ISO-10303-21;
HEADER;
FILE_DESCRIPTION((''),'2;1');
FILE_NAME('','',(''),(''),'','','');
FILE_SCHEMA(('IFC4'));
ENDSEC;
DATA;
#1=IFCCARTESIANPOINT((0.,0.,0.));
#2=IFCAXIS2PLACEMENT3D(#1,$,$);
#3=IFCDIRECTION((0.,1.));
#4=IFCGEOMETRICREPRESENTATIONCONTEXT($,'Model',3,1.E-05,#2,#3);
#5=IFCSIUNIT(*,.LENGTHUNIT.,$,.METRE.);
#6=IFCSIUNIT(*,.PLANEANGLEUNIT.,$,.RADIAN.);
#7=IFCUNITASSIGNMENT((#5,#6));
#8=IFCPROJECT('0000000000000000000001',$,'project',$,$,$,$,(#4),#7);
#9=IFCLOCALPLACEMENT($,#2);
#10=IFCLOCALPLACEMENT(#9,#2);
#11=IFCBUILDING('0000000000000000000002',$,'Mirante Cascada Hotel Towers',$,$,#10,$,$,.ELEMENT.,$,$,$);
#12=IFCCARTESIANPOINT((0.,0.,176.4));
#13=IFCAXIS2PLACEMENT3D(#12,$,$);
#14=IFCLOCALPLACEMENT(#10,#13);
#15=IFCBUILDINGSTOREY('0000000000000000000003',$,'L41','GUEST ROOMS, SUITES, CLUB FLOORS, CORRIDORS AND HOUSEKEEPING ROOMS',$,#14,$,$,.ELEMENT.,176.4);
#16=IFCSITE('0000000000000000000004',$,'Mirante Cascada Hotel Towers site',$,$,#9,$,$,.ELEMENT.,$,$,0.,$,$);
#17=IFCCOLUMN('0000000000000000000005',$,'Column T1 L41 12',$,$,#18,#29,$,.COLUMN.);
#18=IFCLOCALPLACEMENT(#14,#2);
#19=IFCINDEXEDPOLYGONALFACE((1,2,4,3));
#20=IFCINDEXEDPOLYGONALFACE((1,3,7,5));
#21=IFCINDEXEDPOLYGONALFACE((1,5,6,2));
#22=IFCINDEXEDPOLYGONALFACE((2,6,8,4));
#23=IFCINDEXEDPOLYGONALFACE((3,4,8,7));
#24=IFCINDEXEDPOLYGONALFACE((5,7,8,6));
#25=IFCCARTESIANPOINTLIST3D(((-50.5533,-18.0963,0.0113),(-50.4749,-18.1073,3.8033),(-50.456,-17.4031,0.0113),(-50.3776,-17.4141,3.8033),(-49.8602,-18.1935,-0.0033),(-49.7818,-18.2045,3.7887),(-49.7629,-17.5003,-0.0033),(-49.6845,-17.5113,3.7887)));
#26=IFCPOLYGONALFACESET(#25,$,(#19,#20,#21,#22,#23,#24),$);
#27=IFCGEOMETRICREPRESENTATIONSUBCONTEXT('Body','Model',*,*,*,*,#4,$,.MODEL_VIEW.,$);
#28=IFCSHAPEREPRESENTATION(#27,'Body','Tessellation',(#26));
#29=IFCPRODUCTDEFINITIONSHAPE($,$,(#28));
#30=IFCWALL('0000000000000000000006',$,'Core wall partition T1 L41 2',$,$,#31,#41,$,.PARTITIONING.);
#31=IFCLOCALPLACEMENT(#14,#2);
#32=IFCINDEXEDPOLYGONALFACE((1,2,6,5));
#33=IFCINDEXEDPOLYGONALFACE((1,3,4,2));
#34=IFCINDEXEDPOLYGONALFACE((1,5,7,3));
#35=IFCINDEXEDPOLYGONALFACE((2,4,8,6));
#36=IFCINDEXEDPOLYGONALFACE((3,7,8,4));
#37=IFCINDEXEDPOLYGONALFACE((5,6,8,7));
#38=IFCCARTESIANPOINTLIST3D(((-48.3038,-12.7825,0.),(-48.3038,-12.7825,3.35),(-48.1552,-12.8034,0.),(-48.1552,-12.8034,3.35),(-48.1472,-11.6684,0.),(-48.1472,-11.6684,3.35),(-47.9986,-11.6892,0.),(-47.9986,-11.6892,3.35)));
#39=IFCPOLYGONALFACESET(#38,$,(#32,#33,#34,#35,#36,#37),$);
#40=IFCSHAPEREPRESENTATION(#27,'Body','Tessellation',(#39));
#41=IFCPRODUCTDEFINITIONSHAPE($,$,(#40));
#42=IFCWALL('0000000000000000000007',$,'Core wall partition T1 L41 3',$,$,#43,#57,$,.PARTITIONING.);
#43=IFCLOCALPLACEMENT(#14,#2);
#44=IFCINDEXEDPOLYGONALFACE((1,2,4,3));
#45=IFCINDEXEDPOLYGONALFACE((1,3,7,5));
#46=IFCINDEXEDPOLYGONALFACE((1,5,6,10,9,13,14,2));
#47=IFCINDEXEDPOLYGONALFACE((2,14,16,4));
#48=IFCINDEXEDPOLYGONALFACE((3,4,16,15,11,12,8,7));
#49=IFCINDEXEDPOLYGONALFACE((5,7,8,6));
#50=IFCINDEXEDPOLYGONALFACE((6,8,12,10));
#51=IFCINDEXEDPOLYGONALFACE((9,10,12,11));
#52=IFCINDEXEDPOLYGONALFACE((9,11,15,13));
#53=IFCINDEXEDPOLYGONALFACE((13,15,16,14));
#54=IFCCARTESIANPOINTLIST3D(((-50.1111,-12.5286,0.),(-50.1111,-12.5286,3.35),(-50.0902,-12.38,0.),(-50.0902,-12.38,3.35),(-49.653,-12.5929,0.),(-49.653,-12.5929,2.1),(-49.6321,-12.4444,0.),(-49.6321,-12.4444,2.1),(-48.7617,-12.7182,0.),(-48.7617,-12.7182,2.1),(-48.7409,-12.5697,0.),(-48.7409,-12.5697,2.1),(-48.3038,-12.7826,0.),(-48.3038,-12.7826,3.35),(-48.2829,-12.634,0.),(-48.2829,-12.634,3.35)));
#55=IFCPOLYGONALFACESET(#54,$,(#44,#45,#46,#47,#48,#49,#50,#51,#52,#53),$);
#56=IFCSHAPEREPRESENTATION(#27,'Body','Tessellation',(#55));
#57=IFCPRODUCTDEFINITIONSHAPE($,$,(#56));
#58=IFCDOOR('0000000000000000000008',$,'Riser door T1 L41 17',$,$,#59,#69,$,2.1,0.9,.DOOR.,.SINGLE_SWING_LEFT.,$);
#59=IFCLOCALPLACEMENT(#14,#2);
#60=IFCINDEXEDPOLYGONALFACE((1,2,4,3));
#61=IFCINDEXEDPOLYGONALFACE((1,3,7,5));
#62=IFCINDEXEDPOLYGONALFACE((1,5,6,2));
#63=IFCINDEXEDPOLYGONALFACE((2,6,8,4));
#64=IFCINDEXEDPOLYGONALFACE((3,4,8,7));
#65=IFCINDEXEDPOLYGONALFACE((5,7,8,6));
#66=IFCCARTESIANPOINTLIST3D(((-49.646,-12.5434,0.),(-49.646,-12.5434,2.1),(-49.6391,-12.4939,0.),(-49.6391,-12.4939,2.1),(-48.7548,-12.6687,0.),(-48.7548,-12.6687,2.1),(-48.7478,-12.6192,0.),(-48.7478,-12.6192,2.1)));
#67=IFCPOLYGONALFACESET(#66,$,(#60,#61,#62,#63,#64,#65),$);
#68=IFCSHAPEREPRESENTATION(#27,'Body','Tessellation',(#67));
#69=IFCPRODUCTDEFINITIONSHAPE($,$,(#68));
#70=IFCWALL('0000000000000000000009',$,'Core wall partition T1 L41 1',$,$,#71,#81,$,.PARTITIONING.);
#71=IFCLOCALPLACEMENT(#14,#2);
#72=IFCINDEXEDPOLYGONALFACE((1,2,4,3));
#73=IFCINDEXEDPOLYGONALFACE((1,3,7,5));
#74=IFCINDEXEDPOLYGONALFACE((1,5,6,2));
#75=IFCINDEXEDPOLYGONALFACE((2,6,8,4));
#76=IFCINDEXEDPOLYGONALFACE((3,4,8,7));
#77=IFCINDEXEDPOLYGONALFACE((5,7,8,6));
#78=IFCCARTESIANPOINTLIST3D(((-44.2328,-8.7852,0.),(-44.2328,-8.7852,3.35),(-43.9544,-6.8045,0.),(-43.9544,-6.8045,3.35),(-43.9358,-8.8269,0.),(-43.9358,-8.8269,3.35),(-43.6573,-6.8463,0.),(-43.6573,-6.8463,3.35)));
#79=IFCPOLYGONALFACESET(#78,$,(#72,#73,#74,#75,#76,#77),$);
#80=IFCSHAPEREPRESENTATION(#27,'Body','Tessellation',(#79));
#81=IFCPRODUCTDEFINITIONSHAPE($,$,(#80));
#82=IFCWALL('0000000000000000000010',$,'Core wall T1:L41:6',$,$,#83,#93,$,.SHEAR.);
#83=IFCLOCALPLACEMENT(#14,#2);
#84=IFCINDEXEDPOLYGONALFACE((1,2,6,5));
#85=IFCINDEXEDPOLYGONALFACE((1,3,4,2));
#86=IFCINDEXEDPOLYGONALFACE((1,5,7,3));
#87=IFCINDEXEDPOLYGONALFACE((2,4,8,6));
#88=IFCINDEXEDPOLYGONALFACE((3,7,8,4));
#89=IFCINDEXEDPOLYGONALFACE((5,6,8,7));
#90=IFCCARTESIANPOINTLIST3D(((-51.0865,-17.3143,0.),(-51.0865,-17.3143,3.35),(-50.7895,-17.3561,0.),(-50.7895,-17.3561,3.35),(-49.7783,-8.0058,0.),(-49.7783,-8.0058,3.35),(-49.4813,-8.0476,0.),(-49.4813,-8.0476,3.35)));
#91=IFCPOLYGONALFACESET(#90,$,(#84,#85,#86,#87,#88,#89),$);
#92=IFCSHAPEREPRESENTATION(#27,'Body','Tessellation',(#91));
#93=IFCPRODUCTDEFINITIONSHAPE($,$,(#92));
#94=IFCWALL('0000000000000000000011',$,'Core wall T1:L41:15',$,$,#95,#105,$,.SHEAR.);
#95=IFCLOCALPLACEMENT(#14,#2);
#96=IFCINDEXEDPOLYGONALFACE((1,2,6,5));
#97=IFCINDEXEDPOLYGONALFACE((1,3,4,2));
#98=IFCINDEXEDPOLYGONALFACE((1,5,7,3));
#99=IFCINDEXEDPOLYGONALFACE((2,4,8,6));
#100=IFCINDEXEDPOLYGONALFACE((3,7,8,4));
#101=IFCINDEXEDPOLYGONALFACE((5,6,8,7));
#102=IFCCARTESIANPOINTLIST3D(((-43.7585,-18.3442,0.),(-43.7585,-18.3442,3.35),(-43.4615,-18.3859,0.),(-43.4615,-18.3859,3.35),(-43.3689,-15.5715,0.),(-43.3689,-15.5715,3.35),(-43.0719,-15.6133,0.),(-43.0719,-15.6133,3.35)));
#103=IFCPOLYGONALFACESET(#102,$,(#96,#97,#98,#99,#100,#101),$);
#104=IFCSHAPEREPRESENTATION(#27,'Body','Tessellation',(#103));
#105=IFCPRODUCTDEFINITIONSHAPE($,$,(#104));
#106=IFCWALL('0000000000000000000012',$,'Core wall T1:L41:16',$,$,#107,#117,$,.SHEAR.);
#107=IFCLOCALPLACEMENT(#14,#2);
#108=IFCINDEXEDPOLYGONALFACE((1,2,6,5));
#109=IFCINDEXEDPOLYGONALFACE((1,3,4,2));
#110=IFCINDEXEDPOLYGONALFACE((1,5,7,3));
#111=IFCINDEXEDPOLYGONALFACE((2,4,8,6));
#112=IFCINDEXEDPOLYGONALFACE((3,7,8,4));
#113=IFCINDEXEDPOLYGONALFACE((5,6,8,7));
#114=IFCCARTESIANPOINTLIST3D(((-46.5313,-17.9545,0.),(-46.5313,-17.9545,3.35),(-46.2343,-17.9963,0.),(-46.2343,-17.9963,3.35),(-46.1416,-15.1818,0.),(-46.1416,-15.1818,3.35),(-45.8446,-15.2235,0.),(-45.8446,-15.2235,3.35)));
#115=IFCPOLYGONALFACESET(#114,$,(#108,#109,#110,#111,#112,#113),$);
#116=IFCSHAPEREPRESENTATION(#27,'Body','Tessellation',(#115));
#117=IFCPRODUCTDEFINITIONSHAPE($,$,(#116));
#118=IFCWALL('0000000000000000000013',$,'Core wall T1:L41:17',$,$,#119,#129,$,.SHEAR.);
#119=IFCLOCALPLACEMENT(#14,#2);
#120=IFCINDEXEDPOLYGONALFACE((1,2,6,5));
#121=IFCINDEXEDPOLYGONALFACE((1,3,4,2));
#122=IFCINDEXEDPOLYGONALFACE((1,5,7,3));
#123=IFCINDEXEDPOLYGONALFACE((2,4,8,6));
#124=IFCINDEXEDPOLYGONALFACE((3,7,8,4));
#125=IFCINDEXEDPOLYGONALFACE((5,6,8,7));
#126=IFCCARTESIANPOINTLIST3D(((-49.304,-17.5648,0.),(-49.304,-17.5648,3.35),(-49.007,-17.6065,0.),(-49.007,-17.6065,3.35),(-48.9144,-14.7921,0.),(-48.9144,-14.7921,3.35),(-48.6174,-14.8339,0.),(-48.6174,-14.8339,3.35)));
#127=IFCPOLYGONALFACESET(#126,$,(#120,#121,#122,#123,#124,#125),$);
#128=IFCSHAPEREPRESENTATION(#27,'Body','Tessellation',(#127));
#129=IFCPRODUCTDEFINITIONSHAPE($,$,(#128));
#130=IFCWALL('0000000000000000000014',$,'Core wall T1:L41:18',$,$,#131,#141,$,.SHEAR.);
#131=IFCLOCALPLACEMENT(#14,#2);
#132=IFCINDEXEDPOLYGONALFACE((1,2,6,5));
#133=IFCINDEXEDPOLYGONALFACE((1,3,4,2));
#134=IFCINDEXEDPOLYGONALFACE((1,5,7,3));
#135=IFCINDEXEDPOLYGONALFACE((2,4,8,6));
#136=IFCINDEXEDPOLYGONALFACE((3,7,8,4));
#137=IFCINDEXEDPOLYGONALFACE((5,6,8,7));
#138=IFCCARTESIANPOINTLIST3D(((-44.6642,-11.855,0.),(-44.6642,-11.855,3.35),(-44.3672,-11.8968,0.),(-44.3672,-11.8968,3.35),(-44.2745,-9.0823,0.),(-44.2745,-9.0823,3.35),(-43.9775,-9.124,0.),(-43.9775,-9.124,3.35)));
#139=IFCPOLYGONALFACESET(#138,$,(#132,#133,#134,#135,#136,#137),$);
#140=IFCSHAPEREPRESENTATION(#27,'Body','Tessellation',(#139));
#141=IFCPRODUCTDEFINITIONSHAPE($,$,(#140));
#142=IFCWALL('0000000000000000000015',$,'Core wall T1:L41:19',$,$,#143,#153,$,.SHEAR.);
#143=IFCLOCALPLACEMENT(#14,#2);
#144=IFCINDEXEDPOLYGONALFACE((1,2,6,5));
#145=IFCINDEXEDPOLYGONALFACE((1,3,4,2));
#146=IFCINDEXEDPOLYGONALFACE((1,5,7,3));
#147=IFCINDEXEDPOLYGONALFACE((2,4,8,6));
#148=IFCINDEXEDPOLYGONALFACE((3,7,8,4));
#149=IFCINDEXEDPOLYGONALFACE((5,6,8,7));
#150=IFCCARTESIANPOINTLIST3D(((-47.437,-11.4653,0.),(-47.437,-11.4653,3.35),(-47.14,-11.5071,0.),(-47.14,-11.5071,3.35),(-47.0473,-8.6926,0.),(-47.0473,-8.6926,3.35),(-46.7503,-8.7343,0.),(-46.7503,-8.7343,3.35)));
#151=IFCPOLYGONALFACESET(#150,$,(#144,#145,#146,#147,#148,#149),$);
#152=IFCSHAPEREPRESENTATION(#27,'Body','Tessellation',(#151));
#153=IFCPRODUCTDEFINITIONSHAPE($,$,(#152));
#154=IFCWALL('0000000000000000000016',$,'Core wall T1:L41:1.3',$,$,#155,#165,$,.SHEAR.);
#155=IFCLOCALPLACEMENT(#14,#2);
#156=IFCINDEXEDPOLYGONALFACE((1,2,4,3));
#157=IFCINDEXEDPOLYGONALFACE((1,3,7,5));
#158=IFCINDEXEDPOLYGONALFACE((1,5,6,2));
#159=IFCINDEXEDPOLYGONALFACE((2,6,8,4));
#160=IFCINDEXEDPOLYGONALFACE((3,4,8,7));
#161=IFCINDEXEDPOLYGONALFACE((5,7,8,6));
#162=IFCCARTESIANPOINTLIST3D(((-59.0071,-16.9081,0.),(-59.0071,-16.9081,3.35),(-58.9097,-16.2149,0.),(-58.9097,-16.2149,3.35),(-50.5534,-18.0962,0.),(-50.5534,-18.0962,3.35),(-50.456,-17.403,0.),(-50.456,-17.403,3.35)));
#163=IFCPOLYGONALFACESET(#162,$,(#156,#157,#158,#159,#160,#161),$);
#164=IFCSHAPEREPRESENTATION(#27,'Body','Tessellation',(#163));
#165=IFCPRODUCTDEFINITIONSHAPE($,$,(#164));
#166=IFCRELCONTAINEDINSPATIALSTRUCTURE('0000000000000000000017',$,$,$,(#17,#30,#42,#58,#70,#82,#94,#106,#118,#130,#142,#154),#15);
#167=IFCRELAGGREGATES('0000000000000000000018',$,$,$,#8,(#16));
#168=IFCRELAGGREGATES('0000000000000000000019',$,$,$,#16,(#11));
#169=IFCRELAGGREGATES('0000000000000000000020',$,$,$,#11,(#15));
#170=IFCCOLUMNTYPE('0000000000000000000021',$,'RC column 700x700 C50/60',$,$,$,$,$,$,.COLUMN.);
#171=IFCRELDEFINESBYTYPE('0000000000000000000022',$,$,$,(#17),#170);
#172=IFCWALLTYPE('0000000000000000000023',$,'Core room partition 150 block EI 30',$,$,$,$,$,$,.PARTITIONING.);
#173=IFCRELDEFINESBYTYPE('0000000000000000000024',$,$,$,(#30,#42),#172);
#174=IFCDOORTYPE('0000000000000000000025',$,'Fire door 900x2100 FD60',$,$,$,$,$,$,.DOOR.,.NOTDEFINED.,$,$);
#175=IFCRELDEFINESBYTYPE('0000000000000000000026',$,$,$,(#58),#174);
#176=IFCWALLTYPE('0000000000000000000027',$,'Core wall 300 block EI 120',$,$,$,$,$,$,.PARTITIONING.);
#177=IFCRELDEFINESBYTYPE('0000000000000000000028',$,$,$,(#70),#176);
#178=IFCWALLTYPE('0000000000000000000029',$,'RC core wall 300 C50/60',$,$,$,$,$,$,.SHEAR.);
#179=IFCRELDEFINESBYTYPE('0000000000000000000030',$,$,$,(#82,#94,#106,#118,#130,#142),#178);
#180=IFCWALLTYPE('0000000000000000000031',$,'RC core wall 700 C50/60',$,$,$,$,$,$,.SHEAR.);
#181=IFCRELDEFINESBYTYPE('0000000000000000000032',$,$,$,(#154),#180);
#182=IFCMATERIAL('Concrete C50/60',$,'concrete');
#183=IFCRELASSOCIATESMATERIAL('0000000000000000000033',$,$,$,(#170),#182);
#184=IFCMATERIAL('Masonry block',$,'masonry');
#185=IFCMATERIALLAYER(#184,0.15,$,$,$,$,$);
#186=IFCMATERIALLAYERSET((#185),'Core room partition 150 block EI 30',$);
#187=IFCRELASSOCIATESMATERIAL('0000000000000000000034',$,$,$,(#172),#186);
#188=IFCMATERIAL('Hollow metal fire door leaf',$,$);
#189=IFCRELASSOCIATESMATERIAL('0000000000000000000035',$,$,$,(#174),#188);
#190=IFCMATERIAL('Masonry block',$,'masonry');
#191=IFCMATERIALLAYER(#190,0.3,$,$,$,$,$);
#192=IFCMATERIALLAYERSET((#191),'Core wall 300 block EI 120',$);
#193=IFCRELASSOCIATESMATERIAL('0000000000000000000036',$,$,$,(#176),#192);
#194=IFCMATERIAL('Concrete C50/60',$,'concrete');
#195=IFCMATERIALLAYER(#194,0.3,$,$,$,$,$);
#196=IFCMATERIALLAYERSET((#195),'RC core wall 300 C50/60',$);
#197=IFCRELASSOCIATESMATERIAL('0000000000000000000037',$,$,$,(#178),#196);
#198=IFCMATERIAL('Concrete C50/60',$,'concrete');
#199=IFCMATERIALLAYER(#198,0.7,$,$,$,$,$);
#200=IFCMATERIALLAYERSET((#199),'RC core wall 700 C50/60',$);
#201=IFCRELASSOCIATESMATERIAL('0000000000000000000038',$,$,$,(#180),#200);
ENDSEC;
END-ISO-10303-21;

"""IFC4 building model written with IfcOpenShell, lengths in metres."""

from ifc_helpers import new_model, si_unit, direction, frame, frame_2d, origin, origin_2d, place, context, subcontext, project, spatial, rectangle, extrude, material, layer, layer_set, material_profile, profile_set, type_object, element, fill, save


model = new_model("IFC4")

# Units and contexts
model_context = context("Model", 3, precision=1e-05, world=origin(), true_north=direction((0.0, 1.0)))
body_context = subcontext(model_context, "Body", "Model", "MODEL_VIEW")
ifc_project = project(units=[si_unit("LENGTHUNIT", "METRE"), si_unit("PLANEANGLEUNIT", "RADIAN")], contexts=[model_context])

# Site, building, storey
site_placement = place(None, origin())
site = spatial("IfcSite", under=ifc_project, at=site_placement, Name="Mirante Cascada Hotel Towers site", CompositionType="ELEMENT", RefElevation=0.0)
building_placement = place(site_placement, origin())
building = spatial("IfcBuilding", under=site, at=building_placement, Name="Mirante Cascada Hotel Towers", CompositionType="ELEMENT")
storey_placement = place(building_placement, frame((0.0, 0.0, 176.4)))
storey = spatial("IfcBuildingStorey", under=building, at=storey_placement, Name="L41", Description="GUEST ROOMS, SUITES, CLUB FLOORS, CORRIDORS AND HOUSEKEEPING ROOMS", CompositionType="ELEMENT", Elevation=176.4)

# Column
ifc_material_1 = material(Name="Concrete C50/60", Category="concrete")
ifc_material_profile = material_profile(ifc_material_1, rectangle(XDim=0.7, YDim=0.7, at=origin_2d()), Name="RC column 700x700 C50/60")
ifc_profile_set = profile_set([ifc_material_profile], Name="Concrete C50/60")
column_type = type_object("IfcColumnType", Name="RC column 700x700 C50/60", PredefinedType="COLUMN", material=ifc_profile_set)
column_placement = place(storey_placement, frame((-50.1581, -17.7983, 0.004), z_axis=(0.020671, -0.0029, 0.999782), x_axis=(0.138945, 0.9903, 0.0)))
element("IfcColumn", 1, at=column_placement, inside=storey, type_object=column_type, Name="Column T1 L41 12", PredefinedType="COLUMN", context=body_context, shape_type="SweptSolid", body=[
    extrude(rectangle(XDim=0.7, YDim=0.7, at=origin_2d()), origin(), (0.0, 0.0, 1.0), 3.7928),
])

# Wall
ifc_material_2 = material(Name="Masonry block", Category="masonry")
ifc_layer_1 = layer(ifc_material_2, 0.15)
ifc_layer_set_1 = layer_set([ifc_layer_1], Name="Core room partition 150 block EI 30")
wall_type_1 = type_object("IfcWallType", Name="Core room partition 150 block EI 30", PredefinedType="PARTITIONING", material=ifc_layer_set_1)
wall_1_placement = place(storey_placement, frame((-48.2295, -12.793, 0.0), z_axis=(0.0, 0.0, 1.0), x_axis=(0.139193, 0.990265, 0.0)))
element("IfcWall", 2, at=wall_1_placement, inside=storey, type_object=wall_type_1, Name="Core wall partition T1 L41 2", PredefinedType="PARTITIONING", context=body_context, shape_type="SweptSolid", body=[
    extrude(rectangle(XDim=1.1251, YDim=0.15, at=frame_2d((0.5626, 0.0))), origin(), (0.0, 0.0, 1.0), 3.35),
])

# Wall, opening, door
wall_2_placement = place(storey_placement, frame((-48.2933, -12.7083, 0.0), z_axis=(0.0, 0.0, 1.0), x_axis=(-0.990268, 0.139173, 0.0)))
wall_2 = element("IfcWall", 3, at=wall_2_placement, inside=storey, type_object=wall_type_1, Name="Core wall partition T1 L41 3", PredefinedType="PARTITIONING", context=body_context, shape_type="SweptSolid", body=[
    extrude(rectangle(XDim=1.8251, YDim=0.15, at=frame_2d((0.9126, 0.0))), origin(), (0.0, 0.0, 1.0), 3.35),
])
opening_placement = place(wall_2_placement, frame((0.4625, 0.0, 0.0)))
opening = element("IfcOpeningElement", 4, at=opening_placement, cuts=wall_2, PredefinedType="OPENING", context=body_context, shape_type="SweptSolid", body=[
    extrude(rectangle(XDim=0.9, YDim=2.1, at=frame_2d((0.45, 1.05))), frame((0.0, 0.075, 0.0), z_axis=(0.0, -1.0, 0.0), x_axis=(1.0, 0.0, 0.0)), (0.0, 0.0, 1.0), 0.15),
])
ifc_material_3 = material(Name="Hollow metal fire door leaf")
door_type = type_object("IfcDoorType", Name="Fire door 900x2100 FD60", OperationType="NOTDEFINED", PredefinedType="DOOR", material=ifc_material_3)
door_placement = place(opening_placement, origin())
door = element("IfcDoor", 5, at=door_placement, inside=storey, type_object=door_type, Name="Riser door T1 L41 17", OperationType="SINGLE_SWING_LEFT", OverallHeight=2.1, OverallWidth=0.9, PredefinedType="DOOR", context=body_context, shape_type="SweptSolid", body=[
    extrude(rectangle(XDim=0.9, YDim=2.1, at=frame_2d((0.45, 1.05))), frame((0.0, 0.025, 0.0), z_axis=(0.0, -1.0, 0.0), x_axis=(1.0, 0.0, 0.0)), (0.0, 0.0, 1.0), 0.05),
])
fill(opening, door)

# Walls
ifc_material_4 = material(Name="Masonry block", Category="masonry")
ifc_layer_2 = layer(ifc_material_4, 0.3)
ifc_layer_set_2 = layer_set([ifc_layer_2], Name="Core wall 300 block EI 120")
wall_type_2 = type_object("IfcWallType", Name="Core wall 300 block EI 120", PredefinedType="PARTITIONING", material=ifc_layer_set_2)
wall_3_placement = place(storey_placement, frame((-44.0843, -8.8061, 0.0), z_axis=(0.0, 0.0, 1.0), x_axis=(0.139195, 0.990265, 0.0)))
element("IfcWall", 6, at=wall_3_placement, inside=storey, type_object=wall_type_2, Name="Core wall partition T1 L41 1", PredefinedType="PARTITIONING", context=body_context, shape_type="SweptSolid", body=[
    extrude(rectangle(XDim=2.0001, YDim=0.3, at=frame_2d((1.0001, 0.0))), origin(), (0.0, 0.0, 1.0), 3.35),
])
ifc_material_5 = material(Name="Concrete C50/60", Category="concrete")
ifc_layer_3 = layer(ifc_material_5, 0.3)
ifc_layer_set_3 = layer_set([ifc_layer_3], Name="RC core wall 300 C50/60")
wall_type_3 = type_object("IfcWallType", Name="RC core wall 300 C50/60", PredefinedType="SHEAR", material=ifc_layer_set_3)
wall_4_placement = place(storey_placement, frame((-50.938, -17.3352, 0.0), z_axis=(0.0, 0.0, 1.0), x_axis=(0.139171, 0.990268, 0.0)))
element("IfcWall", 7, at=wall_4_placement, inside=storey, type_object=wall_type_3, Name="Core wall T1:L41:6", PredefinedType="SHEAR", context=body_context, shape_type="SweptSolid", body=[
    extrude(rectangle(XDim=9.4, YDim=0.3, at=frame_2d((4.7, 0.0))), origin(), (0.0, 0.0, 1.0), 3.35),
])
wall_5_placement = place(storey_placement, frame((-43.61, -18.3651, 0.0), z_axis=(0.0, 0.0, 1.0), x_axis=(0.139146, 0.990272, 0.0)))
element("IfcWall", 8, at=wall_5_placement, inside=storey, type_object=wall_type_3, Name="Core wall T1:L41:15", PredefinedType="SHEAR", context=body_context, shape_type="SweptSolid", body=[
    extrude(rectangle(XDim=2.7999, YDim=0.3, at=frame_2d((1.4, 0.0))), origin(), (0.0, 0.0, 1.0), 3.35),
])
wall_6_placement = place(storey_placement, frame((-46.3828, -17.9754, 0.0), z_axis=(0.0, 0.0, 1.0), x_axis=(0.139181, 0.990267, 0.0)))
element("IfcWall", 9, at=wall_6_placement, inside=storey, type_object=wall_type_3, Name="Core wall T1:L41:16", PredefinedType="SHEAR", context=body_context, shape_type="SweptSolid", body=[
    extrude(rectangle(XDim=2.8, YDim=0.3, at=frame_2d((1.4, 0.0))), origin(), (0.0, 0.0, 1.0), 3.35),
])
wall_7_placement = place(storey_placement, frame((-49.1555, -17.5857, 0.0), z_axis=(0.0, 0.0, 1.0), x_axis=(0.139146, 0.990272, 0.0)))
element("IfcWall", 10, at=wall_7_placement, inside=storey, type_object=wall_type_3, Name="Core wall T1:L41:17", PredefinedType="SHEAR", context=body_context, shape_type="SweptSolid", body=[
    extrude(rectangle(XDim=2.7999, YDim=0.3, at=frame_2d((1.4, 0.0))), origin(), (0.0, 0.0, 1.0), 3.35),
])
for number, where, z_axis, x_axis, name in (
    (11, (-44.5157, -11.8759, 0.0), (0.0, 0.0, 1.0), (0.139181, 0.990267, 0.0), "Core wall T1:L41:18"),
    (12, (-47.2885, -11.4862, 0.0), (0.0, 0.0, 1.0), (0.139181, 0.990267, 0.0), "Core wall T1:L41:19"),
):
    element("IfcWall", number, at=place(storey_placement, frame(where, z_axis=z_axis, x_axis=x_axis)), inside=storey, type_object=wall_type_3, Name=name, PredefinedType="SHEAR", context=body_context, shape_type="SweptSolid", body=[
        extrude(rectangle(XDim=2.8, YDim=0.3, at=frame_2d((1.4, 0.0))), origin(), (0.0, 0.0, 1.0), 3.35),
    ])
ifc_material_6 = material(Name="Concrete C50/60", Category="concrete")
ifc_layer_4 = layer(ifc_material_6, 0.7)
ifc_layer_set_4 = layer_set([ifc_layer_4], Name="RC core wall 700 C50/60")
wall_type_4 = type_object("IfcWallType", Name="RC core wall 700 C50/60", PredefinedType="SHEAR", material=ifc_layer_set_4)
wall_8_placement = place(storey_placement, frame((-50.5047, -17.7496, 0.0), z_axis=(0.0, 0.0, 1.0), x_axis=(-0.990268, 0.139174, 0.0)))
element("IfcWall", 13, at=wall_8_placement, inside=storey, type_object=wall_type_4, Name="Core wall T1:L41:1.3", PredefinedType="SHEAR", context=body_context, shape_type="SweptSolid", body=[
    extrude(rectangle(XDim=8.5368, YDim=0.7, at=frame_2d((4.2684, 0.0))), origin(), (0.0, 0.0, 1.0), 3.35),
])

save(model, "model.ifc")
